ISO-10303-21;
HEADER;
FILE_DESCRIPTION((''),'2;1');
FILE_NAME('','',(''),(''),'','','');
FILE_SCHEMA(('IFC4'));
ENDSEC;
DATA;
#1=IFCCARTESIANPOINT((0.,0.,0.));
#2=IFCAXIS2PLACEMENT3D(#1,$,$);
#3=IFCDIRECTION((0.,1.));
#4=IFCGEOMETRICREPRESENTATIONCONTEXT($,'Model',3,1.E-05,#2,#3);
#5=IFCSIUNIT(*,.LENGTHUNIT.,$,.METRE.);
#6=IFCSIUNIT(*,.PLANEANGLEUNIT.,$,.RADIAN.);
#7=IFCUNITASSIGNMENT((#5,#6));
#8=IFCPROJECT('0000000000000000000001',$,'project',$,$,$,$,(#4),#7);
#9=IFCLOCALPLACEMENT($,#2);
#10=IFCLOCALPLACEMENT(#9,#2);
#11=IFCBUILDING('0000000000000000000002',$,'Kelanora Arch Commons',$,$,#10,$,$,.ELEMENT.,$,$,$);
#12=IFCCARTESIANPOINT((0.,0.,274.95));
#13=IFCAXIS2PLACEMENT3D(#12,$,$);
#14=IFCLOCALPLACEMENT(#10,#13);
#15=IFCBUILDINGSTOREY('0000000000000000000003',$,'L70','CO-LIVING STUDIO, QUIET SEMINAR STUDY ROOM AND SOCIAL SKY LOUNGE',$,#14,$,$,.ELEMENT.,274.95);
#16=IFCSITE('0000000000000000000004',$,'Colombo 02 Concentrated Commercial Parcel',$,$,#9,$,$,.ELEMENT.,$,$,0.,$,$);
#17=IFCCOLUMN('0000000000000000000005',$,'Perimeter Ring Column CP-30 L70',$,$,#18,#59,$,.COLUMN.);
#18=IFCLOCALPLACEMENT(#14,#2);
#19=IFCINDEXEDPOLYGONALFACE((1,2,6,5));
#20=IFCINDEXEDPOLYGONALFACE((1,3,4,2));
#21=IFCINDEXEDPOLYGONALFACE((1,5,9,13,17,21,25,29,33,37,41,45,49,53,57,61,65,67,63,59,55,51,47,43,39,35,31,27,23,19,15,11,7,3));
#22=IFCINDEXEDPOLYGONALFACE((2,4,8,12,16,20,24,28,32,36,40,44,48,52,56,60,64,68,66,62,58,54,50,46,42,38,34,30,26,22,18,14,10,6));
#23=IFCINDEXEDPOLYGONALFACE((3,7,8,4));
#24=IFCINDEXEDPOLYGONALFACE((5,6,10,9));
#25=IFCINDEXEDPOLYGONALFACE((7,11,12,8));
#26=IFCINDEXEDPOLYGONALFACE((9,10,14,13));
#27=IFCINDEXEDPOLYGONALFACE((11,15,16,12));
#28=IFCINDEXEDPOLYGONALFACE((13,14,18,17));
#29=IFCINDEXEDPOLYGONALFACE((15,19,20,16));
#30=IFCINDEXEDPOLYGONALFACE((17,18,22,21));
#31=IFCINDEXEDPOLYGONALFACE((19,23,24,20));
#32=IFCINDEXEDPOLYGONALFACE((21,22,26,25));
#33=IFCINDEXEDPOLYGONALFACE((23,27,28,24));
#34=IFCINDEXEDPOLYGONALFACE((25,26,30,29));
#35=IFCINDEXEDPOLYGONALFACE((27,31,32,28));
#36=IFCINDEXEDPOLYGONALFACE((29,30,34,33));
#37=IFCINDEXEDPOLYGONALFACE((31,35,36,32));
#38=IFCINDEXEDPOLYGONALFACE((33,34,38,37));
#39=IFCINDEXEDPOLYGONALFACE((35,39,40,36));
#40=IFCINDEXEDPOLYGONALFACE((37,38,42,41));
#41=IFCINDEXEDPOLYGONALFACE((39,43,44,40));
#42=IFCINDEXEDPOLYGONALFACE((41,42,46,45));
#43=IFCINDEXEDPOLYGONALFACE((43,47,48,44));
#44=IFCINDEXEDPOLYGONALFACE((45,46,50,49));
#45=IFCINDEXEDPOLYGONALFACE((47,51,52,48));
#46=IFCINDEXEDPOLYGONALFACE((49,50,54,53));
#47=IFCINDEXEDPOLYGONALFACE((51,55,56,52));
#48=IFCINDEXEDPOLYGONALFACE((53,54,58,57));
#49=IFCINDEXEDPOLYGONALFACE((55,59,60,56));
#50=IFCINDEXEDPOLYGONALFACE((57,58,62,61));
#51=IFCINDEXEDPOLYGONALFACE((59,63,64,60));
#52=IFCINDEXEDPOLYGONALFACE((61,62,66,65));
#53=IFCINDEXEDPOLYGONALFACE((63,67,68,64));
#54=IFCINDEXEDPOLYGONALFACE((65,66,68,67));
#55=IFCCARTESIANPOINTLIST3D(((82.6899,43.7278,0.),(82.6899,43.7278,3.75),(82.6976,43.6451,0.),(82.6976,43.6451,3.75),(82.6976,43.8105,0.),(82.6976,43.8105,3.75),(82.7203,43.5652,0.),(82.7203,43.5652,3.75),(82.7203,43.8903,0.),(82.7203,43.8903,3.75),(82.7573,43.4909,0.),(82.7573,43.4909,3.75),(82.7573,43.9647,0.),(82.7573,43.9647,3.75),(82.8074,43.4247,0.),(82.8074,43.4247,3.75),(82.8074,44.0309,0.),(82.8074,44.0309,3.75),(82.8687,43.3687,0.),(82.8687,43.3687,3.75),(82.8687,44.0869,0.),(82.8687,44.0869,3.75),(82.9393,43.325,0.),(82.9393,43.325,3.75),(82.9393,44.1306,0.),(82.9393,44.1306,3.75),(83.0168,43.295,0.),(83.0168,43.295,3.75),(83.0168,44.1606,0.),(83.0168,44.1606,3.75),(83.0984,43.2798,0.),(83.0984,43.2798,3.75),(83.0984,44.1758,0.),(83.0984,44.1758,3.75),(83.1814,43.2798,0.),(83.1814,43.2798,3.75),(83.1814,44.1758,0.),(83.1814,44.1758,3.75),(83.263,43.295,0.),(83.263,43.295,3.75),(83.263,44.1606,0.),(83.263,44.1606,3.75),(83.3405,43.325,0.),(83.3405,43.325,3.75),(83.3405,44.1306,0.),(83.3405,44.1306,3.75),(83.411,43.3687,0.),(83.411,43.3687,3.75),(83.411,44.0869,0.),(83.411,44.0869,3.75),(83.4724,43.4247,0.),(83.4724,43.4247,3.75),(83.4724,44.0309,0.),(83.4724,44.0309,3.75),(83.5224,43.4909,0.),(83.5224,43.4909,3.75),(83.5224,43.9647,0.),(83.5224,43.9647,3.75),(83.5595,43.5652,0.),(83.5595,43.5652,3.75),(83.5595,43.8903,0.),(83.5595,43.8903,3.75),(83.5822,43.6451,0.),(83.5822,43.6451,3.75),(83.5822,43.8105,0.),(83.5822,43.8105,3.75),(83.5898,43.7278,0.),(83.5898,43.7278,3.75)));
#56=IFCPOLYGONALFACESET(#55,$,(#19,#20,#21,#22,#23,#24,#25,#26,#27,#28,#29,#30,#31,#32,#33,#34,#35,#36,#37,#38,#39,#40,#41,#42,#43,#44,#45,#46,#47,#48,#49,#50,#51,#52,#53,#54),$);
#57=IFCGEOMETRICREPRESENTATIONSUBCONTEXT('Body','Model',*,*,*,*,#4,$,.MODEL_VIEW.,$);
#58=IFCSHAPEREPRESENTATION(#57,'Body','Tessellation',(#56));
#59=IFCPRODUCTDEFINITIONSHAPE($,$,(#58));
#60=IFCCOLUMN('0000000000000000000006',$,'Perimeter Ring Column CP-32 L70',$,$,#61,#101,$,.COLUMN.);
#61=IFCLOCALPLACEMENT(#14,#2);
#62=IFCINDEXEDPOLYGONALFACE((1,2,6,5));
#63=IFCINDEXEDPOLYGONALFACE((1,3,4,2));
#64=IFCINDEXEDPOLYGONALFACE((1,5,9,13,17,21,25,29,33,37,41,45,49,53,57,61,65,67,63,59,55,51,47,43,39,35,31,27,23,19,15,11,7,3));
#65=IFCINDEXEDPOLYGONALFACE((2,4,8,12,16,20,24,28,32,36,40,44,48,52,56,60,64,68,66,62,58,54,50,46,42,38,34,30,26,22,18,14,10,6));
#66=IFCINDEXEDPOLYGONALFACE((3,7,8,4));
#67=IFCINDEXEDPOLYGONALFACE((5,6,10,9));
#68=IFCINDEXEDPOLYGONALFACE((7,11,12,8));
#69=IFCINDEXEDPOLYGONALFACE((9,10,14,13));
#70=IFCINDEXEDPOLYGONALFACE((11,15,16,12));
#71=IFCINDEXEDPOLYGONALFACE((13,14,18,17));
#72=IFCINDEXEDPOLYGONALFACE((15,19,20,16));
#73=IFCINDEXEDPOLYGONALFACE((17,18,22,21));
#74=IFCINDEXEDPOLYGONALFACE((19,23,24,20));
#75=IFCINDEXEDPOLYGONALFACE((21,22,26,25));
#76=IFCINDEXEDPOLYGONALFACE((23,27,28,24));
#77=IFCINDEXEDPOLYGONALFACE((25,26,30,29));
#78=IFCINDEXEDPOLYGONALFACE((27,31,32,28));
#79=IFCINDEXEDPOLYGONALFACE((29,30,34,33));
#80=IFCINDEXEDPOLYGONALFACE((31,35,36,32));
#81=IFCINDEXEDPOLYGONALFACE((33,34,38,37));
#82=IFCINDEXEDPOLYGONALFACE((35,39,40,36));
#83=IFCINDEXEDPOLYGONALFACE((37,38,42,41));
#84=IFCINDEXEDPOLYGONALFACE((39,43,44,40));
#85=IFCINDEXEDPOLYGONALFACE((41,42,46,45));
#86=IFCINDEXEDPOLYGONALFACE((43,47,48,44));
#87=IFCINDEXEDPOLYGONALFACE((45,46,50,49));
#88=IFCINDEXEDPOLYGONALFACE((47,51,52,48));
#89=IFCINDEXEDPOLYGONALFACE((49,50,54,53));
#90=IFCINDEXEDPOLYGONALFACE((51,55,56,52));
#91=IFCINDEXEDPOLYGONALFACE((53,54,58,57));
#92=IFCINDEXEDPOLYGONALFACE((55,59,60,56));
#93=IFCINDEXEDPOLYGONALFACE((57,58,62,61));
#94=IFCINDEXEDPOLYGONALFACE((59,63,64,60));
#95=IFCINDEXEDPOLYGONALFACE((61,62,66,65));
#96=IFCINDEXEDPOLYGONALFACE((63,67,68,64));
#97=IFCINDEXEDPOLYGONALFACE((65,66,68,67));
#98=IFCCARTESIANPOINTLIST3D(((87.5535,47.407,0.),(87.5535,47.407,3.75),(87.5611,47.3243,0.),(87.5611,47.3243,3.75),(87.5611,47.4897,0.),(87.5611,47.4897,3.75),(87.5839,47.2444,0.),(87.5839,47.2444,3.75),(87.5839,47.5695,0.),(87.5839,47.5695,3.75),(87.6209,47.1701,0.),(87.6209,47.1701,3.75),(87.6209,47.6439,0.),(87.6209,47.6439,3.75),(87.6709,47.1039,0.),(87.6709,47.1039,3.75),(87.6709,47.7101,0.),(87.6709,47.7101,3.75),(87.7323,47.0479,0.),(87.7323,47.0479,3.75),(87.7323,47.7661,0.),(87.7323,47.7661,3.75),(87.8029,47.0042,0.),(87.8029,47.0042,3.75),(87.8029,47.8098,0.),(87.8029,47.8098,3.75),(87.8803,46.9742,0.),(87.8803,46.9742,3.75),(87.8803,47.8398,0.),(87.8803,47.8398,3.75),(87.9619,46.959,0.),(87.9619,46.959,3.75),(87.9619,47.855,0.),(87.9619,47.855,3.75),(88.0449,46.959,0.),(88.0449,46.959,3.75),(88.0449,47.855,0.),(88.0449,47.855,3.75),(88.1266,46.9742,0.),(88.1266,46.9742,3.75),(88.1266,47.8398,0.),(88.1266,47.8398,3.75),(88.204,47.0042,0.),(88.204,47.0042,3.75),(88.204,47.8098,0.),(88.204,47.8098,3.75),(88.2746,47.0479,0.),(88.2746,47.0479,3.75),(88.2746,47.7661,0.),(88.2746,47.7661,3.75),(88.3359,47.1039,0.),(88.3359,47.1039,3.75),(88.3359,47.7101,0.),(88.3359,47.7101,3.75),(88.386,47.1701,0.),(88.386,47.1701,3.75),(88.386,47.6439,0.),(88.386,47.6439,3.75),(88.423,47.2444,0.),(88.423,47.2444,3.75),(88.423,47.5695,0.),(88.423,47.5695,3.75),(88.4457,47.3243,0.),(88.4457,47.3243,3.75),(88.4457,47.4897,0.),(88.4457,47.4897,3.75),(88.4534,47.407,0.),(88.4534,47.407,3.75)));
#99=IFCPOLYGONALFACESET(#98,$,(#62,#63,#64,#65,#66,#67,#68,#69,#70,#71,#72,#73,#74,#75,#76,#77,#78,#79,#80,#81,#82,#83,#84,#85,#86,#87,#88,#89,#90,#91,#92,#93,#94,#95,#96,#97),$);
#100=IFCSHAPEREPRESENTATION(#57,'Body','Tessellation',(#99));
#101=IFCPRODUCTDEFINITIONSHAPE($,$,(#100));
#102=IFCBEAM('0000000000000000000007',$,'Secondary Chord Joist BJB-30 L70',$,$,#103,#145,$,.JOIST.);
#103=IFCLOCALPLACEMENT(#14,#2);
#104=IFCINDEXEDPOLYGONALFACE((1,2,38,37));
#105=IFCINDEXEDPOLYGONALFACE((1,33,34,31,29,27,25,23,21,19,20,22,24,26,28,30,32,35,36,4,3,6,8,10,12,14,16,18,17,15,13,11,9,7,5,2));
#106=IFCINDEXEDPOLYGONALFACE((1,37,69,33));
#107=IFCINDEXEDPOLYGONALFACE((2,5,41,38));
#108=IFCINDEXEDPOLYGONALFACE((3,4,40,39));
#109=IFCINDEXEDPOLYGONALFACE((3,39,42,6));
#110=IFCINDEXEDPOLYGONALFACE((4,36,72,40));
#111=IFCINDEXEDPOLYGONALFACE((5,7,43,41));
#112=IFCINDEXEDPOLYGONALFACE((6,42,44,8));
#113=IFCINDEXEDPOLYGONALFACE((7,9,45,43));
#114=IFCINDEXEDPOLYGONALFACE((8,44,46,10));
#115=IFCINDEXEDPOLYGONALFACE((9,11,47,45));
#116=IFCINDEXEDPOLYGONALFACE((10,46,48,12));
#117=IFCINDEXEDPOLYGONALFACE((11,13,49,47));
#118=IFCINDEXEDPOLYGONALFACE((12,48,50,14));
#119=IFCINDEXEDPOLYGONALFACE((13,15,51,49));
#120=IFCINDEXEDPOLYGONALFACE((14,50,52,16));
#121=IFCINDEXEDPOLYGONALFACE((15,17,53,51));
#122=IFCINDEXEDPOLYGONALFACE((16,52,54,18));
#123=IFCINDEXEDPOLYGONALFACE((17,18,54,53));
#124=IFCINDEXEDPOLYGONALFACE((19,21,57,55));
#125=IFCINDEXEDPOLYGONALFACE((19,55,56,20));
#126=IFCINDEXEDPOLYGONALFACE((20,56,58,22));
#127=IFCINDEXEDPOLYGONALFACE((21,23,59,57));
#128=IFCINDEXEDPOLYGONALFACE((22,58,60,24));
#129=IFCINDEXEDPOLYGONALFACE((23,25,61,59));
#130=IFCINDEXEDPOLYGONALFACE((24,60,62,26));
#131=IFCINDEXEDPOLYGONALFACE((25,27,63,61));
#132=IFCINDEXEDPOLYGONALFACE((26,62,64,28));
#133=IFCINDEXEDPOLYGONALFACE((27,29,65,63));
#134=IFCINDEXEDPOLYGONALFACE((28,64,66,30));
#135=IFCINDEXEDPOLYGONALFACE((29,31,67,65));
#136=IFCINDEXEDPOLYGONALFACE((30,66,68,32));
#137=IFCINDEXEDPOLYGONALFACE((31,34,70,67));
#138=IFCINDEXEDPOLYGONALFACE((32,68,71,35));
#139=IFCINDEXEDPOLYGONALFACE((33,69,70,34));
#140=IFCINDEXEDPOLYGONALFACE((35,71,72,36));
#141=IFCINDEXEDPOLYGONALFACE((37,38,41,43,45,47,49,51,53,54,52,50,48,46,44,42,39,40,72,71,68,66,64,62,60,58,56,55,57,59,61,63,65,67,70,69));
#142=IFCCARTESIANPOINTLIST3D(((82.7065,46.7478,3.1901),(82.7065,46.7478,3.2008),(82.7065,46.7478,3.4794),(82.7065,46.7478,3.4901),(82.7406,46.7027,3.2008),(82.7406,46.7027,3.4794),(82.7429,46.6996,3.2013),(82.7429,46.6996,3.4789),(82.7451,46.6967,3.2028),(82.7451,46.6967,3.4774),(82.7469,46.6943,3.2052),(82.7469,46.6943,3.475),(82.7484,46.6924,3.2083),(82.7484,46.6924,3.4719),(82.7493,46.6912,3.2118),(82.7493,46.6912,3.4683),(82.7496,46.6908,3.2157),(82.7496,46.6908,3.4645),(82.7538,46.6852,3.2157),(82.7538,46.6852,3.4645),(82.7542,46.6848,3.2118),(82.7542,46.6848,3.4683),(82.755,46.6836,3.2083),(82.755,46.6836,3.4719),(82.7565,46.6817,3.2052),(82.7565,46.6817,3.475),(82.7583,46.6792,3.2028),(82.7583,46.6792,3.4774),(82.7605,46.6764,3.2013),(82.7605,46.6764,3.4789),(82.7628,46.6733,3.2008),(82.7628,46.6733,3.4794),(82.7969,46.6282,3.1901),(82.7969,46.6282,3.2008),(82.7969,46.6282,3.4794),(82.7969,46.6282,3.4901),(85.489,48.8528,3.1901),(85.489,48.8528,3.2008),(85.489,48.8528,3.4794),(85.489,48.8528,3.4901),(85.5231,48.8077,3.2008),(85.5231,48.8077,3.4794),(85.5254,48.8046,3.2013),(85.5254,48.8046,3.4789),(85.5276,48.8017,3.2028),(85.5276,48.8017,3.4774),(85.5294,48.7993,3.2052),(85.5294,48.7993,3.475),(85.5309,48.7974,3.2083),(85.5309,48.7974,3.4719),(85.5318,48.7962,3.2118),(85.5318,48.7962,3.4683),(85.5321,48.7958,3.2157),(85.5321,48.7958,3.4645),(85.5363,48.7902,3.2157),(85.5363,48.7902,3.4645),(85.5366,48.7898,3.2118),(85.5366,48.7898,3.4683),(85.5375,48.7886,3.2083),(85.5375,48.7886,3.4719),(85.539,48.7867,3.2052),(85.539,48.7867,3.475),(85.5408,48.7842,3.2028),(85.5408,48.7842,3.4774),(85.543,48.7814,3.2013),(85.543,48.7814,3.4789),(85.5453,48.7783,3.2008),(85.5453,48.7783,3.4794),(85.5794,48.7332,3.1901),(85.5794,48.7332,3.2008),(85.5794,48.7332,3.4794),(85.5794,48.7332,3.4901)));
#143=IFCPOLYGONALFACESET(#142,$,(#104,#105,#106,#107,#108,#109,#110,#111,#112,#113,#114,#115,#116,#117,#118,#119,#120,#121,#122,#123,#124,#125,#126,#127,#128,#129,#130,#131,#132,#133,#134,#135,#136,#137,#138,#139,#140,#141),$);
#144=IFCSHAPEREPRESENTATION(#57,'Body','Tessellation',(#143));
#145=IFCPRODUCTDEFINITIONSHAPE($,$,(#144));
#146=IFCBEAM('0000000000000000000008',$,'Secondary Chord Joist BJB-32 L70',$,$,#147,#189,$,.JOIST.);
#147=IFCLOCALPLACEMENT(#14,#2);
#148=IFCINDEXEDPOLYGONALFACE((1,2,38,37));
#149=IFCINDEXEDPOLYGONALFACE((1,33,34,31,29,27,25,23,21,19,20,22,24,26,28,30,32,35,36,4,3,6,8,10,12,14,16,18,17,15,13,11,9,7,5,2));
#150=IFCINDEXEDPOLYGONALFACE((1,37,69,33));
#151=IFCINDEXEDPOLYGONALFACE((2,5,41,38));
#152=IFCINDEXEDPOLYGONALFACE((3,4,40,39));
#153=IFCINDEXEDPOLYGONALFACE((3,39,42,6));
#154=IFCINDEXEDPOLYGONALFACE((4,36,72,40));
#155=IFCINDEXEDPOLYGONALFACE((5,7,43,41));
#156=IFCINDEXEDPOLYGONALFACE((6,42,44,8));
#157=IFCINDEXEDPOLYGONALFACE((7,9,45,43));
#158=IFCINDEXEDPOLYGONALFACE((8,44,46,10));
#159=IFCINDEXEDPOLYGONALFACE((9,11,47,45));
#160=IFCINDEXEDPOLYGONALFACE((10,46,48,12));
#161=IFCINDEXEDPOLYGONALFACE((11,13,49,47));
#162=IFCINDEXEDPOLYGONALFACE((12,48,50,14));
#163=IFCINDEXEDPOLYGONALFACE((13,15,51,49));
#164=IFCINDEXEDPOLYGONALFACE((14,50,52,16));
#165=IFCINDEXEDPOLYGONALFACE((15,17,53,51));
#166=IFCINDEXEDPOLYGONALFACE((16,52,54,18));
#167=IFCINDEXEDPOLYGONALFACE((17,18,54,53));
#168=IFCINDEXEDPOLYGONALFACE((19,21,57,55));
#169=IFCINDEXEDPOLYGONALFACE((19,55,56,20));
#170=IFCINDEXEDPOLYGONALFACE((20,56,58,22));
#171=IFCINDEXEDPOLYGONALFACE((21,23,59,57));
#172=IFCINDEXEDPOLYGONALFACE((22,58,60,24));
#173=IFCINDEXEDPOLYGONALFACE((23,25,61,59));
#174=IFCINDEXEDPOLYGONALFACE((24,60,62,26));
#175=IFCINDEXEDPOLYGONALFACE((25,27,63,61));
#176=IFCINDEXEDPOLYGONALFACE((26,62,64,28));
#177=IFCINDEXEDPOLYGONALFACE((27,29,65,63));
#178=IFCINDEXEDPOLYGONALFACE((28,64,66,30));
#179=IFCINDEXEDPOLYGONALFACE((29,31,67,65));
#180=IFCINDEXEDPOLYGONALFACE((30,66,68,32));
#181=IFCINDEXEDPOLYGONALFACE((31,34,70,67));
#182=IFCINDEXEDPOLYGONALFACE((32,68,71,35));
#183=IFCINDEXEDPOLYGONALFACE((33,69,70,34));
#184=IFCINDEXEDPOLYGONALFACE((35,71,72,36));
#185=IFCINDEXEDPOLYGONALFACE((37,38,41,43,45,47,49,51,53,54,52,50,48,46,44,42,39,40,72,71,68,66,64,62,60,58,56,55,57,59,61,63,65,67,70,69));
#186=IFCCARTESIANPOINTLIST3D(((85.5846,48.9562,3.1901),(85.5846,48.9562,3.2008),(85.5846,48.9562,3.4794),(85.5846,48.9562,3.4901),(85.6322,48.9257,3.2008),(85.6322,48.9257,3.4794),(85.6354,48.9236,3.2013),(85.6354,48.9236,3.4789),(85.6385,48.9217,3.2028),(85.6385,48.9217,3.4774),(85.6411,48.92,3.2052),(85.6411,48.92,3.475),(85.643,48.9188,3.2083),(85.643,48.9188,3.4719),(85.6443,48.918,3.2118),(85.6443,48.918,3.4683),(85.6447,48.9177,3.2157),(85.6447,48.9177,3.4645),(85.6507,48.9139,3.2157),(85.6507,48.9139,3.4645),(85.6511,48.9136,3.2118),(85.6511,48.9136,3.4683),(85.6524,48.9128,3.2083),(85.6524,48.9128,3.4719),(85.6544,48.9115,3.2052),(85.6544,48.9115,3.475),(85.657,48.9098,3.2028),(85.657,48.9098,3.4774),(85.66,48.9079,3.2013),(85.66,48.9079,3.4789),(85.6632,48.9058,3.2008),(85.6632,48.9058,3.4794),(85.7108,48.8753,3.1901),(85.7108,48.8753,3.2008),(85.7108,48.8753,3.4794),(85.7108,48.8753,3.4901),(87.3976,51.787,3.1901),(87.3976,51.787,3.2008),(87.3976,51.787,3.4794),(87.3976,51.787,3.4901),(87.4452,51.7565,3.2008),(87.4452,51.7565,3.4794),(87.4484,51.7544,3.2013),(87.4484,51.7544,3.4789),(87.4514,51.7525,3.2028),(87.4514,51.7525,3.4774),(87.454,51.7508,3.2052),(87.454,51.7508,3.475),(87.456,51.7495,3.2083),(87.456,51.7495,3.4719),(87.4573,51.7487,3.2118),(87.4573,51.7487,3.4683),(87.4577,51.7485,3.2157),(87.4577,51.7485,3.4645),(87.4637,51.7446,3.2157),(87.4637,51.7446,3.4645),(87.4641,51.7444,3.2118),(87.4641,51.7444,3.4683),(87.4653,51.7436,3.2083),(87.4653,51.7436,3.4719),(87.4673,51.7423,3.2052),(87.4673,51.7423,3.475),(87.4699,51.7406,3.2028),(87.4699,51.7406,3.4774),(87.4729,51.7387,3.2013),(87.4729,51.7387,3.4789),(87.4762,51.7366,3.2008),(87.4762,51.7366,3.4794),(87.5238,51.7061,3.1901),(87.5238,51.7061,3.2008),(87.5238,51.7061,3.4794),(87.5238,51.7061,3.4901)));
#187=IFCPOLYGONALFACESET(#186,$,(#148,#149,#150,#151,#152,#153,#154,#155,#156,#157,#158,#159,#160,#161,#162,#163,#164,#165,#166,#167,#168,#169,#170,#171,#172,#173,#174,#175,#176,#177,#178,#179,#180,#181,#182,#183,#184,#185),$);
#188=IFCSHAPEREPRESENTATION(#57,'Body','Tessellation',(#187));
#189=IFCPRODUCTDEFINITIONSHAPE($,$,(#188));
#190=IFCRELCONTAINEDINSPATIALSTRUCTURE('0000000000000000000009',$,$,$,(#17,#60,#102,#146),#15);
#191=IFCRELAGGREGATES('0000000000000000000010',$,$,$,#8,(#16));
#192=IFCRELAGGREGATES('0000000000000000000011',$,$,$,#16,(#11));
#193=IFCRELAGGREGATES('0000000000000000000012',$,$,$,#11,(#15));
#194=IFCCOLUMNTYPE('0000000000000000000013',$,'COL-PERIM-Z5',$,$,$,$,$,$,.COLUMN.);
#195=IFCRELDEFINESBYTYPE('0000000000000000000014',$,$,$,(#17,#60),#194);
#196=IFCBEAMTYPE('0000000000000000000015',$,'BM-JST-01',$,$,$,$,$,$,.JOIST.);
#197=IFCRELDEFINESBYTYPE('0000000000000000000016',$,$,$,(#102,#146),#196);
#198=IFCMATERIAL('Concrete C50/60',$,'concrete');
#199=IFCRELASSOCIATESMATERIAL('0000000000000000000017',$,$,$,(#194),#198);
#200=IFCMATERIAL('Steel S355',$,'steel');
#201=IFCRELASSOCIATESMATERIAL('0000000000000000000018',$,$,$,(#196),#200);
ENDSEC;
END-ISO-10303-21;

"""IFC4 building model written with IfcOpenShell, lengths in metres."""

from ifc_helpers import new_model, si_unit, direction, frame, origin, origin_2d, place, context, subcontext, project, spatial, circle, i_section, extrude, material, material_profile, profile_set, type_object, element, save


model = new_model("IFC4")

# Units and contexts
model_context = context("Model", 3, precision=1e-05, world=origin(), true_north=direction((0.0, 1.0)))
body_context = subcontext(model_context, "Body", "Model", "MODEL_VIEW")
ifc_project = project(units=[si_unit("LENGTHUNIT", "METRE"), si_unit("PLANEANGLEUNIT", "RADIAN")], contexts=[model_context])

# Site, building, storey
site_placement = place(None, origin())
site = spatial("IfcSite", under=ifc_project, at=site_placement, Name="Colombo 02 Concentrated Commercial Parcel", CompositionType="ELEMENT", RefElevation=0.0)
building_placement = place(site_placement, origin())
building = spatial("IfcBuilding", under=site, at=building_placement, Name="Kelanora Arch Commons", CompositionType="ELEMENT")
storey_placement = place(building_placement, frame((0.0, 0.0, 274.95)))
storey = spatial("IfcBuildingStorey", under=building, at=storey_placement, Name="L70", Description="CO-LIVING STUDIO, QUIET SEMINAR STUDY ROOM AND SOCIAL SKY LOUNGE", CompositionType="ELEMENT", Elevation=274.95)

# Columns
ifc_material_1 = material(Name="Concrete C50/60", Category="concrete")
ifc_material_profile_1 = material_profile(ifc_material_1, circle(Radius=0.45, at=origin_2d()), Name="RCC900")
ifc_profile_set_1 = profile_set([ifc_material_profile_1], Name="Concrete C50/60")
column_type = type_object("IfcColumnType", Name="COL-PERIM-Z5", PredefinedType="COLUMN", material=ifc_profile_set_1)
for number, where, z_axis, x_axis, name in (
    (1, (83.1399, 43.7278, 0.0), (0.0, 0.0, 1.0), (1.0, 0.0, 0.0), "Perimeter Ring Column CP-30 L70"),
    (2, (88.0034, 47.407, 0.0), (0.0, 0.0, 1.0), (1.0, 0.0, 0.0), "Perimeter Ring Column CP-32 L70"),
):
    element("IfcColumn", number, at=place(storey_placement, frame(where, z_axis=z_axis, x_axis=x_axis)), inside=storey, type_object=column_type, Name=name, PredefinedType="COLUMN", context=body_context, shape_type="SweptSolid", body=[
        extrude(circle(Radius=0.45, at=origin_2d()), origin(), (0.0, 0.0, 1.0), 3.75),
    ])

# Beams
ifc_material_2 = material(Name="Steel S355", Category="steel")
ifc_material_profile_2 = material_profile(ifc_material_2, i_section(OverallWidth=0.1499, OverallDepth=0.3, WebThickness=0.0071, FlangeThickness=0.0107, FilletRadius=0.0149, at=origin_2d()), Name="IPE300")
ifc_profile_set_2 = profile_set([ifc_material_profile_2], Name="Steel S355")
beam_type_1 = type_object("IfcBeamType", Name="BM-JST-01", PredefinedType="JOIST", material=ifc_profile_set_2)
beam_1_placement = place(storey_placement, frame((82.7517, 46.688, 3.3401), z_axis=(0.797499, 0.60332, 0.0), x_axis=(-0.60332, 0.797499, 0.0)))
element("IfcBeam", 3, at=beam_1_placement, inside=storey, type_object=beam_type_1, Name="Secondary Chord Joist BJB-30 L70", PredefinedType="JOIST", context=body_context, shape_type="SweptSolid", body=[
    extrude(i_section(OverallWidth=0.1499, OverallDepth=0.3, WebThickness=0.0071, FlangeThickness=0.0107, FilletRadius=0.0149, at=origin_2d()), origin(), (0.0, 0.0, 1.0), 3.489),
])
beam_2_placement = place(storey_placement, frame((85.6477, 48.9158, 3.3401), z_axis=(0.539322, 0.8421, 0.0), x_axis=(-0.8421, 0.539322, 0.0)))
element("IfcBeam", 4, at=beam_2_placement, inside=storey, type_object=beam_type_1, Name="Secondary Chord Joist BJB-32 L70", PredefinedType="JOIST", context=body_context, shape_type="SweptSolid", body=[
    extrude(i_section(OverallWidth=0.1499, OverallDepth=0.3, WebThickness=0.0071, FlangeThickness=0.0107, FilletRadius=0.0149, at=origin_2d()), origin(), (0.0, 0.0, 1.0), 3.3616),
])

save(model, "model.ifc")
